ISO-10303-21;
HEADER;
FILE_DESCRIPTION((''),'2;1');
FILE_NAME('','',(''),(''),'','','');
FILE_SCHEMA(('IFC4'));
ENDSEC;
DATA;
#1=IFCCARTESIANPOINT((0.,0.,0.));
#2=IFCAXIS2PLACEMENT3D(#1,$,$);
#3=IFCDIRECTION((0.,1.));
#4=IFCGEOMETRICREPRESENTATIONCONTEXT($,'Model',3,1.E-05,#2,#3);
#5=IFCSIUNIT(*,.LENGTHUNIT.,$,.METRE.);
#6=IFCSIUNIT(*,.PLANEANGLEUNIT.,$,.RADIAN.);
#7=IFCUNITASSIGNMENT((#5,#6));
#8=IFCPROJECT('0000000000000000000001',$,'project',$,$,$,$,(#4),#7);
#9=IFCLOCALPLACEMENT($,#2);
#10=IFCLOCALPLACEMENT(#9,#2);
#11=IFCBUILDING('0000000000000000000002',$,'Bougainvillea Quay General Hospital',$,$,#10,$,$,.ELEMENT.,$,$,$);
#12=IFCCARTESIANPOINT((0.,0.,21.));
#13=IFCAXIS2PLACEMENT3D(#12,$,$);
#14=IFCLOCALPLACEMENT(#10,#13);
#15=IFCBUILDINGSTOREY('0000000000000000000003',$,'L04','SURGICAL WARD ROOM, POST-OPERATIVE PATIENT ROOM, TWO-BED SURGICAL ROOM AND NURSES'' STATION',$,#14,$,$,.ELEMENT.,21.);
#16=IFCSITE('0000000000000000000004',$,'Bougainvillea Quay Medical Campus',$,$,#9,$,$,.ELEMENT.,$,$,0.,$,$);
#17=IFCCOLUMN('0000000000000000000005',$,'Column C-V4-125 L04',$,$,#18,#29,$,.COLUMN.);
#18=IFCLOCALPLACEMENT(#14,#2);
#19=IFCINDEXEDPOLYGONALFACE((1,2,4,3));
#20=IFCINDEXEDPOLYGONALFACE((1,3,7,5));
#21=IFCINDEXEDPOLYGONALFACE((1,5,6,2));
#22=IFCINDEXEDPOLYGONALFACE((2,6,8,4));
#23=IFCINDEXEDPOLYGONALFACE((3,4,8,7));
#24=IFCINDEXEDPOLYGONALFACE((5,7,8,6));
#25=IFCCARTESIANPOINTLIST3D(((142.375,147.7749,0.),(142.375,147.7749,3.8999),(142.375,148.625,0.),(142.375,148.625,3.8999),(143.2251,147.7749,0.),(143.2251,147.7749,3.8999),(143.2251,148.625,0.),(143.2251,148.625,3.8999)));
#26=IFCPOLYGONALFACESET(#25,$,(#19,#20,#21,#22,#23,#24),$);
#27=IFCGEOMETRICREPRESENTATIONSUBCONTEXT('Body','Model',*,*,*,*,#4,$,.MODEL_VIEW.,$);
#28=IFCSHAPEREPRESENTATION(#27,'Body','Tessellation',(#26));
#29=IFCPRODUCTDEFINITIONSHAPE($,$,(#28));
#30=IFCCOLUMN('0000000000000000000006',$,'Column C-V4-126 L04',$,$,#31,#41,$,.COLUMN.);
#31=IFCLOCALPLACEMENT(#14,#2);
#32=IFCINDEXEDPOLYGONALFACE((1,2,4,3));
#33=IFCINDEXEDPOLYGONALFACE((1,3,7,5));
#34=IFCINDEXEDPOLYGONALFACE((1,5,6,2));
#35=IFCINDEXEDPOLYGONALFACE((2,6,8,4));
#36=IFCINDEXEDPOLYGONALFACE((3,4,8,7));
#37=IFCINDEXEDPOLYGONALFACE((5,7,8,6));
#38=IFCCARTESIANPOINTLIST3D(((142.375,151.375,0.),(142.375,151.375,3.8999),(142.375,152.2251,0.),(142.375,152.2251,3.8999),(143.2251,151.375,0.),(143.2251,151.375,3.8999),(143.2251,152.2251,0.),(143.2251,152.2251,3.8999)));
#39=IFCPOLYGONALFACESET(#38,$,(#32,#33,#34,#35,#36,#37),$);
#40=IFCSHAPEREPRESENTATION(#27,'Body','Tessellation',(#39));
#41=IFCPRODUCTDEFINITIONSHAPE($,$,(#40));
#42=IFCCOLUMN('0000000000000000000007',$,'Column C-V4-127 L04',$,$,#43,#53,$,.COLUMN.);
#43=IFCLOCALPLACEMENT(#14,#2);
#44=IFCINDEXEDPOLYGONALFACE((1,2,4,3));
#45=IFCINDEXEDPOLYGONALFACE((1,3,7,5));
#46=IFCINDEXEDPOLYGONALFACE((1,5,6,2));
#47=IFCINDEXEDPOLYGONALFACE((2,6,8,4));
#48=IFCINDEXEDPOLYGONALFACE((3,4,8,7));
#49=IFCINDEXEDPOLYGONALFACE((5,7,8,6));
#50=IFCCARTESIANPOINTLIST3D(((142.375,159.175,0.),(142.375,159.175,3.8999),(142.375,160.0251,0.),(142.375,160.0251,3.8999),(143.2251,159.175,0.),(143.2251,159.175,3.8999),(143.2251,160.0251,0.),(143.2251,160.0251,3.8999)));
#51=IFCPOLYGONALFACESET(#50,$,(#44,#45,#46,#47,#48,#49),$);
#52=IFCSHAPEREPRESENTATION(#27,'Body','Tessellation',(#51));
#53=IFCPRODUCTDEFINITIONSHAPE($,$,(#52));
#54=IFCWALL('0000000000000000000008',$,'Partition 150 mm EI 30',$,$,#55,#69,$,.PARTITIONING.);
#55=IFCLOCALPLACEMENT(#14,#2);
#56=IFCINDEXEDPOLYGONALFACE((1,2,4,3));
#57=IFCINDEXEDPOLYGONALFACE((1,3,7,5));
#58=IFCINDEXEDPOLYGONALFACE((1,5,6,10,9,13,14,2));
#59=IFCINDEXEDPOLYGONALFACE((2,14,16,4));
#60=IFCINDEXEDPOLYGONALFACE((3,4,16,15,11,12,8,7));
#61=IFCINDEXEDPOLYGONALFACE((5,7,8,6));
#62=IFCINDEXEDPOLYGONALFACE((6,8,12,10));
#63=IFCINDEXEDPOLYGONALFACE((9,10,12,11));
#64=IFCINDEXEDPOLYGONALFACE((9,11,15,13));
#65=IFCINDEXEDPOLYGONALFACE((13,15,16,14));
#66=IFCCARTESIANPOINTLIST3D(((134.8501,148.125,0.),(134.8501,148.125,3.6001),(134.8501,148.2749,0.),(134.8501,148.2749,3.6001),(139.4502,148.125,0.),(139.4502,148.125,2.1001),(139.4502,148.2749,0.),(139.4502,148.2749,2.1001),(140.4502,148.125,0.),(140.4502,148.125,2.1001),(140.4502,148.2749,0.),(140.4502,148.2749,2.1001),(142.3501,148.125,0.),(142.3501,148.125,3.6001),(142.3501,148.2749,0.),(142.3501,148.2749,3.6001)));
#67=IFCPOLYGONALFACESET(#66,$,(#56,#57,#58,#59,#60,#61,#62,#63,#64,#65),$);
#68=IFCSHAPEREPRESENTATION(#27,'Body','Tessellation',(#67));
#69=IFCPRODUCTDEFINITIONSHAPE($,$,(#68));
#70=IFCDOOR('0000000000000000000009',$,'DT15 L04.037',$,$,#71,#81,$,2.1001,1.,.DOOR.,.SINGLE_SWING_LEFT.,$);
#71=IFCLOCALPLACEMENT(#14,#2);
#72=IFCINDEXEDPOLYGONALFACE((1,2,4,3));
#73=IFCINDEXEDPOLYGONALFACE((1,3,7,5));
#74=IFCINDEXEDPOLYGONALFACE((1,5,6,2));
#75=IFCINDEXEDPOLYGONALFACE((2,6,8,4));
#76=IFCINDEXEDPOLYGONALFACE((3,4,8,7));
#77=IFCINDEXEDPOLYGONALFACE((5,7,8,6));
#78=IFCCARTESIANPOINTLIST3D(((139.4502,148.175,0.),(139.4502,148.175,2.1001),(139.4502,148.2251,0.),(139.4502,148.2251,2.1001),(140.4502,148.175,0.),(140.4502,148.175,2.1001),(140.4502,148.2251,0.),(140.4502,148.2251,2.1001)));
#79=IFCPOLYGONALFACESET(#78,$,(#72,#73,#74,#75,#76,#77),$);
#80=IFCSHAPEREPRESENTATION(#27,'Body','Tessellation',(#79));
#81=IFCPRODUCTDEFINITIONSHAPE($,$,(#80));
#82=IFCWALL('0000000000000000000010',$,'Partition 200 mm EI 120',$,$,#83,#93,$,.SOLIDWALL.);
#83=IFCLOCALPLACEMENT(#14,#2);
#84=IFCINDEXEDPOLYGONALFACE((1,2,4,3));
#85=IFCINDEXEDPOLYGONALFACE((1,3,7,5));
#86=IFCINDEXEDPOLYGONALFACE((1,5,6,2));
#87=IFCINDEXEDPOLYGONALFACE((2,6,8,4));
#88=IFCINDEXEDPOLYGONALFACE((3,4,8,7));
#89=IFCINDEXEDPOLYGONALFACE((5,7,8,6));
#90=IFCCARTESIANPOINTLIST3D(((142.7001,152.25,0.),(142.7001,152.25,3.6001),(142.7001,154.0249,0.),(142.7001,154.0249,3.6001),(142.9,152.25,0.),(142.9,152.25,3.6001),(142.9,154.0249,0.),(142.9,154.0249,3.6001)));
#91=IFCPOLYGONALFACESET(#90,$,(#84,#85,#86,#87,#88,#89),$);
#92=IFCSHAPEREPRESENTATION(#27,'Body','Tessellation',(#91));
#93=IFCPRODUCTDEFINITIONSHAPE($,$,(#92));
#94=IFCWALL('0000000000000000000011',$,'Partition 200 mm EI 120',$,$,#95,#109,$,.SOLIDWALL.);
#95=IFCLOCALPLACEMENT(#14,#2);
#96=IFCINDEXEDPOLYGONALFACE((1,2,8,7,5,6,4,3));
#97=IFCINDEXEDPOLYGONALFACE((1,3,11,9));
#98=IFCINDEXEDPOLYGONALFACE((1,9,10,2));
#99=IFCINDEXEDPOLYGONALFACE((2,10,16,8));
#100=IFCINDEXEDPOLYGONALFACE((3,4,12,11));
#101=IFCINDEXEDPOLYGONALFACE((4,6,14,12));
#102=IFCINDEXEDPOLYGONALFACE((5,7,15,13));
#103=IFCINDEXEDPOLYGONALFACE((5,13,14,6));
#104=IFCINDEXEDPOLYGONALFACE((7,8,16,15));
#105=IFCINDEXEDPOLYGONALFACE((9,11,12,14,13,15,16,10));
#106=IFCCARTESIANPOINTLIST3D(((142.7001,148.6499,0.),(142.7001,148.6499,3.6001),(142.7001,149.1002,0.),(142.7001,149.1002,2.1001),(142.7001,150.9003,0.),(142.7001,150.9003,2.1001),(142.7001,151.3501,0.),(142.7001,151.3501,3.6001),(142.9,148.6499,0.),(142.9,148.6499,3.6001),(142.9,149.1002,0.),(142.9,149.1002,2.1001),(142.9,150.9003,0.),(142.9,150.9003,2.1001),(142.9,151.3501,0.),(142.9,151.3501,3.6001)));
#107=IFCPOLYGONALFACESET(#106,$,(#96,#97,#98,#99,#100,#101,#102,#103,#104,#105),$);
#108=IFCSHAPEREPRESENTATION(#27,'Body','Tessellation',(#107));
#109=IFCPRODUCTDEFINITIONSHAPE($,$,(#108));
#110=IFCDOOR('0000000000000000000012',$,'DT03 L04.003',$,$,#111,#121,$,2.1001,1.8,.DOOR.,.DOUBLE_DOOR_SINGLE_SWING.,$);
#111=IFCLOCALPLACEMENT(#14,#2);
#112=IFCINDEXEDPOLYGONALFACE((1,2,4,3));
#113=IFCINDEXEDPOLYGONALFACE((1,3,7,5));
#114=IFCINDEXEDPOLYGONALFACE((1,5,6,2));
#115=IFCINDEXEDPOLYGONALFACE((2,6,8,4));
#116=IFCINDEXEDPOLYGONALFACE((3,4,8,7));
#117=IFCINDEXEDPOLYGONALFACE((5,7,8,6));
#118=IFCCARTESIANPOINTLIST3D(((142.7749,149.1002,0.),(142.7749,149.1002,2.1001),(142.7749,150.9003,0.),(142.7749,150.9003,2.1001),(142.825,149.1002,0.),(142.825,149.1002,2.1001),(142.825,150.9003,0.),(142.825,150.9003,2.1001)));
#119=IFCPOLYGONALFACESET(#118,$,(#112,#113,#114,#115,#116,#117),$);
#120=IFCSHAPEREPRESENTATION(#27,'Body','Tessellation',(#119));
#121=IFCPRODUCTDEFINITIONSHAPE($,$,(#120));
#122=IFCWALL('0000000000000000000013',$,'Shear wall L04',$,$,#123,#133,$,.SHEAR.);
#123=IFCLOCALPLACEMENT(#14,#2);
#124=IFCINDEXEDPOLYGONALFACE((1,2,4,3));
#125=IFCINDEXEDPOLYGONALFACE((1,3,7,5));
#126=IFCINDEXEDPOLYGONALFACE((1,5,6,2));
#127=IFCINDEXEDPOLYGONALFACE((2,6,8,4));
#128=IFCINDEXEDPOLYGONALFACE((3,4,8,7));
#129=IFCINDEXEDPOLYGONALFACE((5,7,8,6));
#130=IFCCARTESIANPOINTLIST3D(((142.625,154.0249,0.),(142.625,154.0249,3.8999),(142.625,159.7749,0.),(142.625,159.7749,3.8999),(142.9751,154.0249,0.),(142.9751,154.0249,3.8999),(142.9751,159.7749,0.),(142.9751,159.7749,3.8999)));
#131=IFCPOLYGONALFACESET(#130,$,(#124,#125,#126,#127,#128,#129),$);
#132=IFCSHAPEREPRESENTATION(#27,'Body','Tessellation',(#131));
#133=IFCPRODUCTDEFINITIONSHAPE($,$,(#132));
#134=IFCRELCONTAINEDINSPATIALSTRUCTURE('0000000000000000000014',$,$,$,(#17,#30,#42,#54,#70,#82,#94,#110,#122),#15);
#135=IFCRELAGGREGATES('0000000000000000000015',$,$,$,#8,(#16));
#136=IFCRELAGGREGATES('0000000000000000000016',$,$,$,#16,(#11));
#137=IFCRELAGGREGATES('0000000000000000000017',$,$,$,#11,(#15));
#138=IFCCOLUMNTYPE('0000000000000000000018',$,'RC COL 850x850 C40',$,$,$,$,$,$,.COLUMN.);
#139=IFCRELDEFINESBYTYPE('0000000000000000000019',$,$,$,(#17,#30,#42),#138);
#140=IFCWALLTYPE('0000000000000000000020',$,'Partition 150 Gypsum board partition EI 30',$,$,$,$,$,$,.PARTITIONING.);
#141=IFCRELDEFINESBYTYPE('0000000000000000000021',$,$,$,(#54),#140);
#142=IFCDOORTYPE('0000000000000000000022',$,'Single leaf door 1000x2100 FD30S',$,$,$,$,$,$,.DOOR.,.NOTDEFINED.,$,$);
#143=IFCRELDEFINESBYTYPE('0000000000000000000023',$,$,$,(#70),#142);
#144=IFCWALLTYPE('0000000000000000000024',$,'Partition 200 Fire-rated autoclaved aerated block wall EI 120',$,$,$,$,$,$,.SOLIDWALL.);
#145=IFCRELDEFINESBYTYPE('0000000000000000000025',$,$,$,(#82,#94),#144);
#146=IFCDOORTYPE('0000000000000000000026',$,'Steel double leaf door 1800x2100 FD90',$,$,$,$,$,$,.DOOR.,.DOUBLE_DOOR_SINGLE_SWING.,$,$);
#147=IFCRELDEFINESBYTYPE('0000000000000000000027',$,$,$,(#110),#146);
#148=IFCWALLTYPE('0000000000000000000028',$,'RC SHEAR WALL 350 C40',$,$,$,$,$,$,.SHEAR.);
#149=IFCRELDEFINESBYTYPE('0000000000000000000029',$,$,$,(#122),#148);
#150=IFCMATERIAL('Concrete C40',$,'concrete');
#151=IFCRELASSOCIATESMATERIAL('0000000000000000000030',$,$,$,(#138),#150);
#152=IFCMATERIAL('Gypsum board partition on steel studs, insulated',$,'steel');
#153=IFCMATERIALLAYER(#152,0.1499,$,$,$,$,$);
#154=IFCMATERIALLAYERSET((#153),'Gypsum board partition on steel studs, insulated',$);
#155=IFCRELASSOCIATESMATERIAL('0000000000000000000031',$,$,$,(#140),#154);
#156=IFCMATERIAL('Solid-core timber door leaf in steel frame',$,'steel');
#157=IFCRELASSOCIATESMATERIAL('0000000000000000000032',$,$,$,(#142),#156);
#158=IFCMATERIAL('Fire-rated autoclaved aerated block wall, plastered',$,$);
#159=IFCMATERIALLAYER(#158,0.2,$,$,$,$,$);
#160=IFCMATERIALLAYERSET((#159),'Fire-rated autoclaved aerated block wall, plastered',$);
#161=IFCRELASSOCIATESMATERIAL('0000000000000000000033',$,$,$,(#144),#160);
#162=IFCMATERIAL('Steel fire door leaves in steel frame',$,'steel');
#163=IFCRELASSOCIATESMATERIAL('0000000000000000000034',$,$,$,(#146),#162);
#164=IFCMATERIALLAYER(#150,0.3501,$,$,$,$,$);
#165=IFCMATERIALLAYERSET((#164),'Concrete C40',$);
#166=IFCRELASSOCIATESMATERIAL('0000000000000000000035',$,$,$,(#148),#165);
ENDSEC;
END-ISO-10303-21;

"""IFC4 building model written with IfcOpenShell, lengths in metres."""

from ifc_helpers import new_model, si_unit, direction, frame, frame_2d, origin, origin_2d, place, context, subcontext, project, spatial, rectangle, extrude, material, layer, layer_set, material_profile, profile_set, type_object, element, fill, save


model = new_model("IFC4")

# Units and contexts
model_context = context("Model", 3, precision=1e-05, world=origin(), true_north=direction((0.0, 1.0)))
body_context = subcontext(model_context, "Body", "Model", "MODEL_VIEW")
ifc_project = project(units=[si_unit("LENGTHUNIT", "METRE"), si_unit("PLANEANGLEUNIT", "RADIAN")], contexts=[model_context])

# Site, building, storey
site_placement = place(None, origin())
site = spatial("IfcSite", under=ifc_project, at=site_placement, Name="Bougainvillea Quay Medical Campus", CompositionType="ELEMENT", RefElevation=0.0)
building_placement = place(site_placement, origin())
building = spatial("IfcBuilding", under=site, at=building_placement, Name="Bougainvillea Quay General Hospital", CompositionType="ELEMENT")
storey_placement = place(building_placement, frame((0.0, 0.0, 21.0)))
storey = spatial("IfcBuildingStorey", under=building, at=storey_placement, Name="L04", Description="SURGICAL WARD ROOM, POST-OPERATIVE PATIENT ROOM, TWO-BED SURGICAL ROOM AND NURSES' STATION", CompositionType="ELEMENT", Elevation=21.0)

# Columns
ifc_material_1 = material(Name="Concrete C40", Category="concrete")
ifc_material_profile_1 = material_profile(ifc_material_1, rectangle(XDim=0.8501, YDim=0.8501, at=origin_2d()))
ifc_profile_set_1 = profile_set([ifc_material_profile_1], Name="Concrete C40")
column_type = type_object("IfcColumnType", Name="RC COL 850x850 C40", PredefinedType="COLUMN", material=ifc_profile_set_1)
for number, where, z_axis, x_axis, name in (
    (1, (142.8, 148.2, 0.0), (0.0, 0.0, 1.0), (1.0, 0.0, 0.0), "Column C-V4-125 L04"),
    (2, (142.8, 151.8, 0.0), (0.0, 0.0, 1.0), (1.0, 0.0, 0.0), "Column C-V4-126 L04"),
    (3, (142.8, 159.6001, 0.0), (0.0, 0.0, 1.0), (1.0, 0.0, 0.0), "Column C-V4-127 L04"),
):
    element("IfcColumn", number, at=place(storey_placement, frame(where, z_axis=z_axis, x_axis=x_axis)), inside=storey, type_object=column_type, Name=name, PredefinedType="COLUMN", context=body_context, shape_type="SweptSolid", body=[
        extrude(rectangle(XDim=0.8501, YDim=0.8501, at=origin_2d()), origin(), (0.0, 0.0, 1.0), 3.8999),
    ])

# Wall, opening, door
ifc_material_2 = material(Name="Gypsum board partition on steel studs, insulated", Category="steel")
ifc_layer_1 = layer(ifc_material_2, 0.1499)
ifc_layer_set_1 = layer_set([ifc_layer_1], Name="Gypsum board partition on steel studs, insulated")
wall_type_1 = type_object("IfcWallType", Name="Partition 150 Gypsum board partition EI 30", PredefinedType="PARTITIONING", material=ifc_layer_set_1)
wall_1_placement = place(storey_placement, frame((142.3501, 148.2, 0.0), z_axis=(0.0, 0.0, 1.0), x_axis=(-1.0, 0.0, 0.0)))
wall_1 = element("IfcWall", 4, at=wall_1_placement, inside=storey, type_object=wall_type_1, Name="Partition 150 mm EI 30", PredefinedType="PARTITIONING", context=body_context, shape_type="SweptSolid", body=[
    extrude(rectangle(XDim=7.5, YDim=0.1499, at=frame_2d((3.75, 0.0))), origin(), (0.0, 0.0, 1.0), 3.6001),
])
opening_1_placement = place(wall_1_placement, frame((1.8999, 0.0, 0.0)))
opening_1 = element("IfcOpeningElement", 5, at=opening_1_placement, cuts=wall_1, PredefinedType="OPENING", context=body_context, shape_type="SweptSolid", body=[
    extrude(rectangle(XDim=1.0, YDim=2.1001, at=frame_2d((0.5, 1.05))), frame((0.0, 0.085, 0.0), z_axis=(0.0, -1.0, 0.0), x_axis=(1.0, 0.0, 0.0)), (0.0, 0.0, 1.0), 0.1699),
])
ifc_material_3 = material(Name="Solid-core timber door leaf in steel frame", Category="steel")
door_type_1 = type_object("IfcDoorType", Name="Single leaf door 1000x2100 FD30S", OperationType="NOTDEFINED", PredefinedType="DOOR", material=ifc_material_3)
door_1_placement = place(opening_1_placement, origin())
door_1 = element("IfcDoor", 6, at=door_1_placement, inside=storey, type_object=door_type_1, Name="DT15 L04.037", OperationType="SINGLE_SWING_LEFT", OverallHeight=2.1001, OverallWidth=1.0, PredefinedType="DOOR", context=body_context, shape_type="SweptSolid", body=[
    extrude(rectangle(XDim=1.0, YDim=2.1001, at=frame_2d((0.5, 1.05))), frame((0.0, 0.0249, 0.0), z_axis=(0.0, -1.0, 0.0), x_axis=(1.0, 0.0, 0.0)), (0.0, 0.0, 1.0), 0.05),
])
fill(opening_1, door_1)

# Wall
ifc_material_4 = material(Name="Fire-rated autoclaved aerated block wall, plastered")
ifc_layer_2 = layer(ifc_material_4, 0.2)
ifc_layer_set_2 = layer_set([ifc_layer_2], Name="Fire-rated autoclaved aerated block wall, plastered")
wall_type_2 = type_object("IfcWallType", Name="Partition 200 Fire-rated autoclaved aerated block wall EI 120", PredefinedType="SOLIDWALL", material=ifc_layer_set_2)
wall_2_placement = place(storey_placement, frame((142.8, 154.0249, 0.0), z_axis=(0.0, 0.0, 1.0), x_axis=(0.0, -1.0, 0.0)))
element("IfcWall", 7, at=wall_2_placement, inside=storey, type_object=wall_type_2, Name="Partition 200 mm EI 120", PredefinedType="SOLIDWALL", context=body_context, shape_type="SweptSolid", body=[
    extrude(rectangle(XDim=1.7749, YDim=0.2, at=frame_2d((0.8875, 0.0))), origin(), (0.0, 0.0, 1.0), 3.6001),
])

# Wall, opening, door
wall_3_placement = place(storey_placement, frame((142.8, 151.3501, 0.0), z_axis=(0.0, 0.0, 1.0), x_axis=(0.0, -1.0, 0.0)))
wall_3 = element("IfcWall", 8, at=wall_3_placement, inside=storey, type_object=wall_type_2, Name="Partition 200 mm EI 120", PredefinedType="SOLIDWALL", context=body_context, shape_type="SweptSolid", body=[
    extrude(rectangle(XDim=2.7002, YDim=0.2, at=frame_2d((1.3501, 0.0))), origin(), (0.0, 0.0, 1.0), 3.6001),
])
opening_2_placement = place(wall_3_placement, frame((0.45, 0.0, 0.0)))
opening_2 = element("IfcOpeningElement", 9, at=opening_2_placement, cuts=wall_3, PredefinedType="OPENING", context=body_context, shape_type="SweptSolid", body=[
    extrude(rectangle(XDim=1.8, YDim=2.1001, at=frame_2d((0.8999, 1.05))), frame((0.0, 0.1099, 0.0), z_axis=(0.0, -1.0, 0.0), x_axis=(1.0, 0.0, 0.0)), (0.0, 0.0, 1.0), 0.22),
])
ifc_material_5 = material(Name="Steel fire door leaves in steel frame", Category="steel")
door_type_2 = type_object("IfcDoorType", Name="Steel double leaf door 1800x2100 FD90", OperationType="DOUBLE_DOOR_SINGLE_SWING", PredefinedType="DOOR", material=ifc_material_5)
door_2_placement = place(opening_2_placement, origin())
door_2 = element("IfcDoor", 10, at=door_2_placement, inside=storey, type_object=door_type_2, Name="DT03 L04.003", OperationType="DOUBLE_DOOR_SINGLE_SWING", OverallHeight=2.1001, OverallWidth=1.8, PredefinedType="DOOR", context=body_context, shape_type="SweptSolid", body=[
    extrude(rectangle(XDim=1.8, YDim=2.1001, at=frame_2d((0.8999, 1.05))), frame((0.0, 0.0249, 0.0), z_axis=(0.0, -1.0, 0.0), x_axis=(1.0, 0.0, 0.0)), (0.0, 0.0, 1.0), 0.05),
])
fill(opening_2, door_2)

# Wall
ifc_layer_3 = layer(ifc_material_1, 0.3501)
ifc_layer_set_3 = layer_set([ifc_layer_3], Name="Concrete C40")
wall_type_3 = type_object("IfcWallType", Name="RC SHEAR WALL 350 C40", PredefinedType="SHEAR", material=ifc_layer_set_3)
wall_4_placement = place(storey_placement, frame((142.8, 154.0249, 0.0), z_axis=(0.0, 0.0, 1.0), x_axis=(0.0, 1.0, 0.0)))
element("IfcWall", 11, at=wall_4_placement, inside=storey, type_object=wall_type_3, Name="Shear wall L04", PredefinedType="SHEAR", context=body_context, shape_type="SweptSolid", body=[
    extrude(rectangle(XDim=5.75, YDim=0.3501, at=frame_2d((2.875, 0.0))), origin(), (0.0, 0.0, 1.0), 3.8999),
])

save(model, "model.ifc")
